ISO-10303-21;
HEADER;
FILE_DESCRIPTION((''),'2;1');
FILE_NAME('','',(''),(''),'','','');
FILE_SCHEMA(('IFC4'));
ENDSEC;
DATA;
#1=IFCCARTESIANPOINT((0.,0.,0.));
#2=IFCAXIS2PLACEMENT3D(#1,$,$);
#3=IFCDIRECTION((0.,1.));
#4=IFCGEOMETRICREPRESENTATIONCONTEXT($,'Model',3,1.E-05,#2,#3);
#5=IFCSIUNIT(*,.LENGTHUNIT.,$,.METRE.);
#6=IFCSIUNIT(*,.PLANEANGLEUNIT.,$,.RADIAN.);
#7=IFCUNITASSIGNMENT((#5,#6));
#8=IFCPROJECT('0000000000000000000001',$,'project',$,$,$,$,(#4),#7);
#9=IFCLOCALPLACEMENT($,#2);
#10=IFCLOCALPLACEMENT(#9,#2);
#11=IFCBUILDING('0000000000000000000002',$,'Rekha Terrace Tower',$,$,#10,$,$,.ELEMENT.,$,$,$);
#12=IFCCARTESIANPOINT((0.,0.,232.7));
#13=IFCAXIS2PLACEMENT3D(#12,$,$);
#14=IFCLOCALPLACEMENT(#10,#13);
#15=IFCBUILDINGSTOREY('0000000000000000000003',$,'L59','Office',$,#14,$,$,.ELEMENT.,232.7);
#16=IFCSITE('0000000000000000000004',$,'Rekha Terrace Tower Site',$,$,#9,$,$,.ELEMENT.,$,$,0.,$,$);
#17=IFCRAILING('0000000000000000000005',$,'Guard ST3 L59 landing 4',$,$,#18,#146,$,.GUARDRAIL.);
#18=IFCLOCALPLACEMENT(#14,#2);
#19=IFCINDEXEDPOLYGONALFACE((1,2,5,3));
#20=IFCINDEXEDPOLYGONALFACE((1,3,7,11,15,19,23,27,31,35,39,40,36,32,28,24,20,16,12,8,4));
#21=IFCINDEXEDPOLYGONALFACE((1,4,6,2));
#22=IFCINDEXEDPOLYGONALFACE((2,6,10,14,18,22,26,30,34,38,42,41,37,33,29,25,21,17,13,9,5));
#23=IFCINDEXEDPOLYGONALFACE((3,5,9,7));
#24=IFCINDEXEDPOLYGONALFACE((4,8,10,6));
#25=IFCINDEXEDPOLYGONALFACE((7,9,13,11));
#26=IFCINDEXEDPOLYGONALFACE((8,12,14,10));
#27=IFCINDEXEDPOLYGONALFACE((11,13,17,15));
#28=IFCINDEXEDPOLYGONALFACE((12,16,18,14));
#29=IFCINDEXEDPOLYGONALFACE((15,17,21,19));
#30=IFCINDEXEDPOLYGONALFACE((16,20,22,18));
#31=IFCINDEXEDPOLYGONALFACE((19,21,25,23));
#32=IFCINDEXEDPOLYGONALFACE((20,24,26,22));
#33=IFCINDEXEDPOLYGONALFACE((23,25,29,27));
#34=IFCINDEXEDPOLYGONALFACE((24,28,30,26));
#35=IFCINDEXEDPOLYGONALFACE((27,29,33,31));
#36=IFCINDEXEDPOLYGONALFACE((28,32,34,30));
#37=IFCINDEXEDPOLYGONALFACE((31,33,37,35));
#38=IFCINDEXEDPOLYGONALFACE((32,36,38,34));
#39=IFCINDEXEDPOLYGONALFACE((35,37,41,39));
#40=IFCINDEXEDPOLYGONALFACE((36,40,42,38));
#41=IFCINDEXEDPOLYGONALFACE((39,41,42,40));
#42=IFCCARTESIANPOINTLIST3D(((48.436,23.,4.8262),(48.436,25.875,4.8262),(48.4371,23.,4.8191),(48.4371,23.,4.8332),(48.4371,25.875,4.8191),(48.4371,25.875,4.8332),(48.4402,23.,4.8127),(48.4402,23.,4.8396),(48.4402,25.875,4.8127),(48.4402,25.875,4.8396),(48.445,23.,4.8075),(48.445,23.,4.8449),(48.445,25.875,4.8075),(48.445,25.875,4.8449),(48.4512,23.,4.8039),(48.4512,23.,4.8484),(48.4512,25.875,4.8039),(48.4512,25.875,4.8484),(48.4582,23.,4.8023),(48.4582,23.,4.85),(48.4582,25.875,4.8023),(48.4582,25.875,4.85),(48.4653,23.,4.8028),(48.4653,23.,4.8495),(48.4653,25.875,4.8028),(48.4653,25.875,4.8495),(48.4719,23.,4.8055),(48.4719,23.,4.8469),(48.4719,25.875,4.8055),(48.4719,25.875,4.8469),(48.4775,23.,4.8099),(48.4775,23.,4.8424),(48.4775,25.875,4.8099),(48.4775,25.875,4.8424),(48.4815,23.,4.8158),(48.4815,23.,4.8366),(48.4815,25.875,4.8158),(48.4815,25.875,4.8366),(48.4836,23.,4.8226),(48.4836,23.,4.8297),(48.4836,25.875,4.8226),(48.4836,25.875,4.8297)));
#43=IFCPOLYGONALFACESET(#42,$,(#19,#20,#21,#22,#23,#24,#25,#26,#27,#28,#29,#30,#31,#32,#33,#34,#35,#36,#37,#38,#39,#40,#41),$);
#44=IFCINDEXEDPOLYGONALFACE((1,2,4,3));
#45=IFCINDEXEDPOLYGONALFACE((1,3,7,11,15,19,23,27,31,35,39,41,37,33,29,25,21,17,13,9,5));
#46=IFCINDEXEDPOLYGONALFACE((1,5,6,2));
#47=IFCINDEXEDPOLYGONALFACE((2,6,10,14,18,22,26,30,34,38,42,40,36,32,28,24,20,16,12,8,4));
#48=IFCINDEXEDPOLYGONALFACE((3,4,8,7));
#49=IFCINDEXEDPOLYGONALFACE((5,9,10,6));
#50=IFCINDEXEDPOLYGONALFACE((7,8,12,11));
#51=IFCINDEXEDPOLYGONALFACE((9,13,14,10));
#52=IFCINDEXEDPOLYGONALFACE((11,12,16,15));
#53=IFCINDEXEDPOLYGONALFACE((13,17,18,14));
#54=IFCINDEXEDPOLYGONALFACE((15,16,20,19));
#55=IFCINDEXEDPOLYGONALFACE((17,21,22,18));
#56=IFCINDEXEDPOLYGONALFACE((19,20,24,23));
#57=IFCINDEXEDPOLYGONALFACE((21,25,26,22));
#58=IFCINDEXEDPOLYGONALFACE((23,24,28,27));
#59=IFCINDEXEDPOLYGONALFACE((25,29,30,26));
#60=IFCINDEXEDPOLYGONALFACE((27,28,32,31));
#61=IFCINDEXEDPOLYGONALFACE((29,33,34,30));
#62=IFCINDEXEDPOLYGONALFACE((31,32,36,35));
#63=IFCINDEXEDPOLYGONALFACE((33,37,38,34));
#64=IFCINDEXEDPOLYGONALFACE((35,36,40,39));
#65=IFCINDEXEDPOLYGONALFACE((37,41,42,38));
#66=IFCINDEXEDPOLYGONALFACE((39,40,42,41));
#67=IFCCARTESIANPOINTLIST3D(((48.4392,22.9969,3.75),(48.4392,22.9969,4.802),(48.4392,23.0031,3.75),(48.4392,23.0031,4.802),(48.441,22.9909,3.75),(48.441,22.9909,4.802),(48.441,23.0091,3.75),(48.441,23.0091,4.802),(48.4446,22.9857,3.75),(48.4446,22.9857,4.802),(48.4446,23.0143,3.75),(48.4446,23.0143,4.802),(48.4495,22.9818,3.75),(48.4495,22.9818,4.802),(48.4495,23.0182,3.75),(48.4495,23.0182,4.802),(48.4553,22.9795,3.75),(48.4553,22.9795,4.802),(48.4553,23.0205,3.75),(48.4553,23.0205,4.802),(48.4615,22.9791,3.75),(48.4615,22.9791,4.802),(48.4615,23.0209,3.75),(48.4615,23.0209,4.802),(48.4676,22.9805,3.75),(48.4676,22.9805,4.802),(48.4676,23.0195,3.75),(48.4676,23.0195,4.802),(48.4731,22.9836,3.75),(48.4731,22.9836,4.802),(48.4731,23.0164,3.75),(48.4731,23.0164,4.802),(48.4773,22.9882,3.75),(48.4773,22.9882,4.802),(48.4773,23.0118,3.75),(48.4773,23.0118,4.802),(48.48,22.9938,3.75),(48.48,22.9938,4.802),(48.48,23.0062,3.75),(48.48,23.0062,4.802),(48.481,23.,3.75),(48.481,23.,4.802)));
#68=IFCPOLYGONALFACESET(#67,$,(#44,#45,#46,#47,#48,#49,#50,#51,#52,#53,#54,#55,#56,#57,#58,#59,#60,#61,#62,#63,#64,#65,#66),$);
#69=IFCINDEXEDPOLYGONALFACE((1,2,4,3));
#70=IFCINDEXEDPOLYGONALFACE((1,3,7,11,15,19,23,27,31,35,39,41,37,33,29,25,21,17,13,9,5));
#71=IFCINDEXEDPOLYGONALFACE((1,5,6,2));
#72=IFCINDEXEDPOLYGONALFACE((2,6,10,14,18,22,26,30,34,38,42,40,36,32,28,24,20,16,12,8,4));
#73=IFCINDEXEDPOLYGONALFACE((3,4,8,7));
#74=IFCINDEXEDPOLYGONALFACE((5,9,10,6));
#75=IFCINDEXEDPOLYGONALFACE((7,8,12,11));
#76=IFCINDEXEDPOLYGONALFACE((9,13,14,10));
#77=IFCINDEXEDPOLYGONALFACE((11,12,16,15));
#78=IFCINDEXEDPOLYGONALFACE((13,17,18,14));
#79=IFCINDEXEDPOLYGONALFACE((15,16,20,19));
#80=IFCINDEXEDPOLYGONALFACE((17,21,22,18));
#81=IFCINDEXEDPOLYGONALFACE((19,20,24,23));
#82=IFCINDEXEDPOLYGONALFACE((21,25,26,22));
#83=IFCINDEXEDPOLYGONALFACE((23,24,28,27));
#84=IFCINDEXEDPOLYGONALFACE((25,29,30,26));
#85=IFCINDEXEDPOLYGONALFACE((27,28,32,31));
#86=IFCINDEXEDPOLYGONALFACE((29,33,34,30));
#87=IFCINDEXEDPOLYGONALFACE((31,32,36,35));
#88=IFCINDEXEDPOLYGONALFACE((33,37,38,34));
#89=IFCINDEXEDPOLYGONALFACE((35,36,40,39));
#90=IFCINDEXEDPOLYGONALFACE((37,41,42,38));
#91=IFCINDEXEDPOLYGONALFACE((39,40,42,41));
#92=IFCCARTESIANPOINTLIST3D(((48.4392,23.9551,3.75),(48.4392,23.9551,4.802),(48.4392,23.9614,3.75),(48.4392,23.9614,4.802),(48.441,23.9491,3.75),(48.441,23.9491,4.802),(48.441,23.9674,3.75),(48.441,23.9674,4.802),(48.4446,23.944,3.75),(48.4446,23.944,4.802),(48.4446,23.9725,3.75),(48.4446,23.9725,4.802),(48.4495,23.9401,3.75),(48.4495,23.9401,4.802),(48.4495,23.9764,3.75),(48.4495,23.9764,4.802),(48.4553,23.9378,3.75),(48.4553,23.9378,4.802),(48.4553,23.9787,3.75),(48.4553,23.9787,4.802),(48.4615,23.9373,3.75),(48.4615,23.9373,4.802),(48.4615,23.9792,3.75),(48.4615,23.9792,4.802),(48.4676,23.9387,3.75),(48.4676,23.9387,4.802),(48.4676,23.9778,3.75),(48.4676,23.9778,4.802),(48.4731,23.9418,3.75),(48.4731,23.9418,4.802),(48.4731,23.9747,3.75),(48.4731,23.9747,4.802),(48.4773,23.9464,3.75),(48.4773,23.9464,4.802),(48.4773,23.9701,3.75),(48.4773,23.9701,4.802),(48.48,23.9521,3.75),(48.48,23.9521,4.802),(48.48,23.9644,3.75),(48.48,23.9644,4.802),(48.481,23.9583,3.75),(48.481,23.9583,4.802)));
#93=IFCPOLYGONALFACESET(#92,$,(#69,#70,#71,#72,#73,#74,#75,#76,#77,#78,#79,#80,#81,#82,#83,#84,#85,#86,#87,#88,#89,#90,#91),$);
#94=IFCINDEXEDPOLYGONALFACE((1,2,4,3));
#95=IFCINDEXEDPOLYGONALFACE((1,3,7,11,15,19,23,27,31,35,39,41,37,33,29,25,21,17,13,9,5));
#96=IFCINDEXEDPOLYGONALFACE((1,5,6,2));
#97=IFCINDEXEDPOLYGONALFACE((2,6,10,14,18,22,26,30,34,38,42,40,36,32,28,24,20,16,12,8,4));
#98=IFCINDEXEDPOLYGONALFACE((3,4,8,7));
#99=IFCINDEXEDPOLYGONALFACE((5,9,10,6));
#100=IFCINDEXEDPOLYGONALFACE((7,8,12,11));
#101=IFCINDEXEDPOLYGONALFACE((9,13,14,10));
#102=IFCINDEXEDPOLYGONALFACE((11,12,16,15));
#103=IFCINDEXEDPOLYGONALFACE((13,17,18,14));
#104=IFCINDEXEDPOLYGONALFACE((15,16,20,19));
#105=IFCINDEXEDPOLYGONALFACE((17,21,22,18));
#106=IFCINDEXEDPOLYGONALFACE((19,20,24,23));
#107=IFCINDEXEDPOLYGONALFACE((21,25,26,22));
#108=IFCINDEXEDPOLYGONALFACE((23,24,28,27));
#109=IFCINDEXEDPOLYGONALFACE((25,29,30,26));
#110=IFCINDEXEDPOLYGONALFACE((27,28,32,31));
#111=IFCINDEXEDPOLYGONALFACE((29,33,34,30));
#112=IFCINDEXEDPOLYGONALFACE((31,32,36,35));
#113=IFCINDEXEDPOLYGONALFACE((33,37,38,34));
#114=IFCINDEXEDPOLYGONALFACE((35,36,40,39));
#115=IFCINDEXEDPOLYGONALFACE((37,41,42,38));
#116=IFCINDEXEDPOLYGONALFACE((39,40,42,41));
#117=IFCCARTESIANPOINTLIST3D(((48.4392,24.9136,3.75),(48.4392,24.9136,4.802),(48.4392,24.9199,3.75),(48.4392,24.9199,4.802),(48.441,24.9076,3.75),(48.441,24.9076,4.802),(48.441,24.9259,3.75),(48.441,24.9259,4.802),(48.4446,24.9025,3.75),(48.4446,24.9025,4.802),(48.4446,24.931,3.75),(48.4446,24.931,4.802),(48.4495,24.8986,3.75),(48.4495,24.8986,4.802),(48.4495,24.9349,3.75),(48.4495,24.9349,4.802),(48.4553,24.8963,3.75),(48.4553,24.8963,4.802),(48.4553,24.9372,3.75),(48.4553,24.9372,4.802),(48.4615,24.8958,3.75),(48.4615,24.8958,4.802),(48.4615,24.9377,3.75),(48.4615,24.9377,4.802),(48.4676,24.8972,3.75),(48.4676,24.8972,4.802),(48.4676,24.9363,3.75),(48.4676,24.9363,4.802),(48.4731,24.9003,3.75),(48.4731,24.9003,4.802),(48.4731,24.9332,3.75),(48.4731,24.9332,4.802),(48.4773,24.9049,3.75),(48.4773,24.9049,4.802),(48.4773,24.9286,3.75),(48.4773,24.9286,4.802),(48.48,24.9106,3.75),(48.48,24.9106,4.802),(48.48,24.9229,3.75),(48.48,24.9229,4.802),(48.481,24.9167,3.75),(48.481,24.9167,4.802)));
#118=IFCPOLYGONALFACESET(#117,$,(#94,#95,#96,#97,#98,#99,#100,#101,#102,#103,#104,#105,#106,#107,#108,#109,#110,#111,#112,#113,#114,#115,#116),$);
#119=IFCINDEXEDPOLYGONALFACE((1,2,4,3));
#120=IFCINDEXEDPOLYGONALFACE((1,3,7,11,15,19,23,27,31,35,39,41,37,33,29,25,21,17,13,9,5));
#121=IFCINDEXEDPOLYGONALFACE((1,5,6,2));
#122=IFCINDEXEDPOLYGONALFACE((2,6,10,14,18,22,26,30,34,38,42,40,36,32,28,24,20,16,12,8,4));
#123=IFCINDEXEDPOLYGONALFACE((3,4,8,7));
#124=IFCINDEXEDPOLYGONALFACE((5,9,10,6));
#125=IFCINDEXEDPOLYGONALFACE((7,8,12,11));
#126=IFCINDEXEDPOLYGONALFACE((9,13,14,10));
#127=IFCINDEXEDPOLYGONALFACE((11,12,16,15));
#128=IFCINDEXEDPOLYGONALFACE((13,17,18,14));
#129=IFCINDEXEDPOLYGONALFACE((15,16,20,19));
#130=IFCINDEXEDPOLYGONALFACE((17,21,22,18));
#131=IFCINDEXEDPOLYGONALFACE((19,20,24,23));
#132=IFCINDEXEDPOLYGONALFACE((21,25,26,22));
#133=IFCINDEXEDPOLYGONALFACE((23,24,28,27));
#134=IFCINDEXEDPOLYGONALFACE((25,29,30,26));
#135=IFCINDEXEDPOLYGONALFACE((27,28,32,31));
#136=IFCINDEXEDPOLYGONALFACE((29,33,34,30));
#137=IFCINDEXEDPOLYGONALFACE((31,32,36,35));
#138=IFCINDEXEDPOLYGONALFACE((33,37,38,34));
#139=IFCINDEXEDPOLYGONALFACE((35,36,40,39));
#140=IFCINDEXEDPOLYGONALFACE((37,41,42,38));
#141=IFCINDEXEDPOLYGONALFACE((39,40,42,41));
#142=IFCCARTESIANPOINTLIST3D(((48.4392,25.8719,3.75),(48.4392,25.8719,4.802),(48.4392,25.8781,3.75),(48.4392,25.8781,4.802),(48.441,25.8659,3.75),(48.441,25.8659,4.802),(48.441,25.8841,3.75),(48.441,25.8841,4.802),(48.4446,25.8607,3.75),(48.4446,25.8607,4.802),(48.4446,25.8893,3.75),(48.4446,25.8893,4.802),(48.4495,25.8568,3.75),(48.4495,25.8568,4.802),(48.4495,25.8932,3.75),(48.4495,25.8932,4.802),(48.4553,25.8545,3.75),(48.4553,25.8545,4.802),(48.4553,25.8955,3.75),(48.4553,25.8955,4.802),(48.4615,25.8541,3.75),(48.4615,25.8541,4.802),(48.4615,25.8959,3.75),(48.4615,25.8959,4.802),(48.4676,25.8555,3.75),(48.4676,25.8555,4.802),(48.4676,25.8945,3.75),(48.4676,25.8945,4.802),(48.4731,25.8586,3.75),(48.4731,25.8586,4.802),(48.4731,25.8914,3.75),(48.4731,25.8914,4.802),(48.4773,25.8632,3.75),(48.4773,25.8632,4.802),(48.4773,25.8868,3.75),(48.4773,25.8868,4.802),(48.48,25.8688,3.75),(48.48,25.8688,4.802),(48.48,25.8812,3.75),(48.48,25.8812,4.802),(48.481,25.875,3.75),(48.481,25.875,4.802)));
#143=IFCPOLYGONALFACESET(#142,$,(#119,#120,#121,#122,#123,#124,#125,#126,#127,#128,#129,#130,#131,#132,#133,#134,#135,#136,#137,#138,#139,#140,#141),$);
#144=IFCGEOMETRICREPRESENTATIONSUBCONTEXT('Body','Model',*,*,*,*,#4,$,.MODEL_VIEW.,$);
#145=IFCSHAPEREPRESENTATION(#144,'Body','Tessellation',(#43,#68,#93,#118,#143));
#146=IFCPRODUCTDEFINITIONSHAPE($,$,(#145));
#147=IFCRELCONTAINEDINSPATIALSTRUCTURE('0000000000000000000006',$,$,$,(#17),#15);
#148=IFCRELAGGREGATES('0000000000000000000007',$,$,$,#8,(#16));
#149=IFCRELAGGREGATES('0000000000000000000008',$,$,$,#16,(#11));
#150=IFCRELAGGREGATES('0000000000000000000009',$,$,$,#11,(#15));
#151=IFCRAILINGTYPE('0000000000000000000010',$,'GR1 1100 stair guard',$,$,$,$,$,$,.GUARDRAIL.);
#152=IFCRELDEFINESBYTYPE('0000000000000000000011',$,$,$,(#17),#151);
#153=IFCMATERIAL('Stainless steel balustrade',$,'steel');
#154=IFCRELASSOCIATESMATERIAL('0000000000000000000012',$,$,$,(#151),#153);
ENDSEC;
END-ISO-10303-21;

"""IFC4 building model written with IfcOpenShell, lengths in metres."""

from ifc_helpers import new_model, si_unit, direction, frame, origin, origin_2d, place, context, subcontext, project, spatial, circle, extrude, material, type_object, element, save


model = new_model("IFC4")

# Units and contexts
model_context = context("Model", 3, precision=1e-05, world=origin(), true_north=direction((0.0, 1.0)))
body_context = subcontext(model_context, "Body", "Model", "MODEL_VIEW")
ifc_project = project(units=[si_unit("LENGTHUNIT", "METRE"), si_unit("PLANEANGLEUNIT", "RADIAN")], contexts=[model_context])

# Site, building, storey
site_placement = place(None, origin())
site = spatial("IfcSite", under=ifc_project, at=site_placement, Name="Rekha Terrace Tower Site", CompositionType="ELEMENT", RefElevation=0.0)
building_placement = place(site_placement, origin())
building = spatial("IfcBuilding", under=site, at=building_placement, Name="Rekha Terrace Tower", CompositionType="ELEMENT")
storey_placement = place(building_placement, frame((0.0, 0.0, 232.7)))
storey = spatial("IfcBuildingStorey", under=building, at=storey_placement, Name="L59", Description="Office", CompositionType="ELEMENT", Elevation=232.7)

# Railing
ifc_material_1 = material(Name="Stainless steel balustrade", Category="steel")
railing_type_1 = type_object("IfcRailingType", Name="GR1 1100 stair guard", PredefinedType="GUARDRAIL", material=ifc_material_1)
railing_1_placement = place(storey_placement, frame((48.46, 23.0, 3.75)))
element("IfcRailing", 1, at=railing_1_placement, inside=storey, type_object=railing_type_1, Name="Guard ST3 L59 landing 4", PredefinedType="GUARDRAIL", context=body_context, shape_type="SweptSolid", body=[
    extrude(circle(Radius=0.0239, at=origin_2d()), frame((0.0, 0.0, 1.0762), z_axis=(0.0, 1.0, 0.0), x_axis=(-1.0, 0.0, 0.0)), (0.0, 0.0, 1.0), 2.875),
    extrude(circle(Radius=0.021, at=origin_2d()), origin(), (0.0, 0.0, 1.0), 1.052),
    extrude(circle(Radius=0.021, at=origin_2d()), frame((0.0, 0.9583, 0.0)), (0.0, 0.0, 1.0), 1.052),
    extrude(circle(Radius=0.021, at=origin_2d()), frame((0.0, 1.9167, 0.0)), (0.0, 0.0, 1.0), 1.052),
    extrude(circle(Radius=0.021, at=origin_2d()), frame((0.0, 2.875, 0.0)), (0.0, 0.0, 1.0), 1.052),
])

save(model, "model.ifc")
